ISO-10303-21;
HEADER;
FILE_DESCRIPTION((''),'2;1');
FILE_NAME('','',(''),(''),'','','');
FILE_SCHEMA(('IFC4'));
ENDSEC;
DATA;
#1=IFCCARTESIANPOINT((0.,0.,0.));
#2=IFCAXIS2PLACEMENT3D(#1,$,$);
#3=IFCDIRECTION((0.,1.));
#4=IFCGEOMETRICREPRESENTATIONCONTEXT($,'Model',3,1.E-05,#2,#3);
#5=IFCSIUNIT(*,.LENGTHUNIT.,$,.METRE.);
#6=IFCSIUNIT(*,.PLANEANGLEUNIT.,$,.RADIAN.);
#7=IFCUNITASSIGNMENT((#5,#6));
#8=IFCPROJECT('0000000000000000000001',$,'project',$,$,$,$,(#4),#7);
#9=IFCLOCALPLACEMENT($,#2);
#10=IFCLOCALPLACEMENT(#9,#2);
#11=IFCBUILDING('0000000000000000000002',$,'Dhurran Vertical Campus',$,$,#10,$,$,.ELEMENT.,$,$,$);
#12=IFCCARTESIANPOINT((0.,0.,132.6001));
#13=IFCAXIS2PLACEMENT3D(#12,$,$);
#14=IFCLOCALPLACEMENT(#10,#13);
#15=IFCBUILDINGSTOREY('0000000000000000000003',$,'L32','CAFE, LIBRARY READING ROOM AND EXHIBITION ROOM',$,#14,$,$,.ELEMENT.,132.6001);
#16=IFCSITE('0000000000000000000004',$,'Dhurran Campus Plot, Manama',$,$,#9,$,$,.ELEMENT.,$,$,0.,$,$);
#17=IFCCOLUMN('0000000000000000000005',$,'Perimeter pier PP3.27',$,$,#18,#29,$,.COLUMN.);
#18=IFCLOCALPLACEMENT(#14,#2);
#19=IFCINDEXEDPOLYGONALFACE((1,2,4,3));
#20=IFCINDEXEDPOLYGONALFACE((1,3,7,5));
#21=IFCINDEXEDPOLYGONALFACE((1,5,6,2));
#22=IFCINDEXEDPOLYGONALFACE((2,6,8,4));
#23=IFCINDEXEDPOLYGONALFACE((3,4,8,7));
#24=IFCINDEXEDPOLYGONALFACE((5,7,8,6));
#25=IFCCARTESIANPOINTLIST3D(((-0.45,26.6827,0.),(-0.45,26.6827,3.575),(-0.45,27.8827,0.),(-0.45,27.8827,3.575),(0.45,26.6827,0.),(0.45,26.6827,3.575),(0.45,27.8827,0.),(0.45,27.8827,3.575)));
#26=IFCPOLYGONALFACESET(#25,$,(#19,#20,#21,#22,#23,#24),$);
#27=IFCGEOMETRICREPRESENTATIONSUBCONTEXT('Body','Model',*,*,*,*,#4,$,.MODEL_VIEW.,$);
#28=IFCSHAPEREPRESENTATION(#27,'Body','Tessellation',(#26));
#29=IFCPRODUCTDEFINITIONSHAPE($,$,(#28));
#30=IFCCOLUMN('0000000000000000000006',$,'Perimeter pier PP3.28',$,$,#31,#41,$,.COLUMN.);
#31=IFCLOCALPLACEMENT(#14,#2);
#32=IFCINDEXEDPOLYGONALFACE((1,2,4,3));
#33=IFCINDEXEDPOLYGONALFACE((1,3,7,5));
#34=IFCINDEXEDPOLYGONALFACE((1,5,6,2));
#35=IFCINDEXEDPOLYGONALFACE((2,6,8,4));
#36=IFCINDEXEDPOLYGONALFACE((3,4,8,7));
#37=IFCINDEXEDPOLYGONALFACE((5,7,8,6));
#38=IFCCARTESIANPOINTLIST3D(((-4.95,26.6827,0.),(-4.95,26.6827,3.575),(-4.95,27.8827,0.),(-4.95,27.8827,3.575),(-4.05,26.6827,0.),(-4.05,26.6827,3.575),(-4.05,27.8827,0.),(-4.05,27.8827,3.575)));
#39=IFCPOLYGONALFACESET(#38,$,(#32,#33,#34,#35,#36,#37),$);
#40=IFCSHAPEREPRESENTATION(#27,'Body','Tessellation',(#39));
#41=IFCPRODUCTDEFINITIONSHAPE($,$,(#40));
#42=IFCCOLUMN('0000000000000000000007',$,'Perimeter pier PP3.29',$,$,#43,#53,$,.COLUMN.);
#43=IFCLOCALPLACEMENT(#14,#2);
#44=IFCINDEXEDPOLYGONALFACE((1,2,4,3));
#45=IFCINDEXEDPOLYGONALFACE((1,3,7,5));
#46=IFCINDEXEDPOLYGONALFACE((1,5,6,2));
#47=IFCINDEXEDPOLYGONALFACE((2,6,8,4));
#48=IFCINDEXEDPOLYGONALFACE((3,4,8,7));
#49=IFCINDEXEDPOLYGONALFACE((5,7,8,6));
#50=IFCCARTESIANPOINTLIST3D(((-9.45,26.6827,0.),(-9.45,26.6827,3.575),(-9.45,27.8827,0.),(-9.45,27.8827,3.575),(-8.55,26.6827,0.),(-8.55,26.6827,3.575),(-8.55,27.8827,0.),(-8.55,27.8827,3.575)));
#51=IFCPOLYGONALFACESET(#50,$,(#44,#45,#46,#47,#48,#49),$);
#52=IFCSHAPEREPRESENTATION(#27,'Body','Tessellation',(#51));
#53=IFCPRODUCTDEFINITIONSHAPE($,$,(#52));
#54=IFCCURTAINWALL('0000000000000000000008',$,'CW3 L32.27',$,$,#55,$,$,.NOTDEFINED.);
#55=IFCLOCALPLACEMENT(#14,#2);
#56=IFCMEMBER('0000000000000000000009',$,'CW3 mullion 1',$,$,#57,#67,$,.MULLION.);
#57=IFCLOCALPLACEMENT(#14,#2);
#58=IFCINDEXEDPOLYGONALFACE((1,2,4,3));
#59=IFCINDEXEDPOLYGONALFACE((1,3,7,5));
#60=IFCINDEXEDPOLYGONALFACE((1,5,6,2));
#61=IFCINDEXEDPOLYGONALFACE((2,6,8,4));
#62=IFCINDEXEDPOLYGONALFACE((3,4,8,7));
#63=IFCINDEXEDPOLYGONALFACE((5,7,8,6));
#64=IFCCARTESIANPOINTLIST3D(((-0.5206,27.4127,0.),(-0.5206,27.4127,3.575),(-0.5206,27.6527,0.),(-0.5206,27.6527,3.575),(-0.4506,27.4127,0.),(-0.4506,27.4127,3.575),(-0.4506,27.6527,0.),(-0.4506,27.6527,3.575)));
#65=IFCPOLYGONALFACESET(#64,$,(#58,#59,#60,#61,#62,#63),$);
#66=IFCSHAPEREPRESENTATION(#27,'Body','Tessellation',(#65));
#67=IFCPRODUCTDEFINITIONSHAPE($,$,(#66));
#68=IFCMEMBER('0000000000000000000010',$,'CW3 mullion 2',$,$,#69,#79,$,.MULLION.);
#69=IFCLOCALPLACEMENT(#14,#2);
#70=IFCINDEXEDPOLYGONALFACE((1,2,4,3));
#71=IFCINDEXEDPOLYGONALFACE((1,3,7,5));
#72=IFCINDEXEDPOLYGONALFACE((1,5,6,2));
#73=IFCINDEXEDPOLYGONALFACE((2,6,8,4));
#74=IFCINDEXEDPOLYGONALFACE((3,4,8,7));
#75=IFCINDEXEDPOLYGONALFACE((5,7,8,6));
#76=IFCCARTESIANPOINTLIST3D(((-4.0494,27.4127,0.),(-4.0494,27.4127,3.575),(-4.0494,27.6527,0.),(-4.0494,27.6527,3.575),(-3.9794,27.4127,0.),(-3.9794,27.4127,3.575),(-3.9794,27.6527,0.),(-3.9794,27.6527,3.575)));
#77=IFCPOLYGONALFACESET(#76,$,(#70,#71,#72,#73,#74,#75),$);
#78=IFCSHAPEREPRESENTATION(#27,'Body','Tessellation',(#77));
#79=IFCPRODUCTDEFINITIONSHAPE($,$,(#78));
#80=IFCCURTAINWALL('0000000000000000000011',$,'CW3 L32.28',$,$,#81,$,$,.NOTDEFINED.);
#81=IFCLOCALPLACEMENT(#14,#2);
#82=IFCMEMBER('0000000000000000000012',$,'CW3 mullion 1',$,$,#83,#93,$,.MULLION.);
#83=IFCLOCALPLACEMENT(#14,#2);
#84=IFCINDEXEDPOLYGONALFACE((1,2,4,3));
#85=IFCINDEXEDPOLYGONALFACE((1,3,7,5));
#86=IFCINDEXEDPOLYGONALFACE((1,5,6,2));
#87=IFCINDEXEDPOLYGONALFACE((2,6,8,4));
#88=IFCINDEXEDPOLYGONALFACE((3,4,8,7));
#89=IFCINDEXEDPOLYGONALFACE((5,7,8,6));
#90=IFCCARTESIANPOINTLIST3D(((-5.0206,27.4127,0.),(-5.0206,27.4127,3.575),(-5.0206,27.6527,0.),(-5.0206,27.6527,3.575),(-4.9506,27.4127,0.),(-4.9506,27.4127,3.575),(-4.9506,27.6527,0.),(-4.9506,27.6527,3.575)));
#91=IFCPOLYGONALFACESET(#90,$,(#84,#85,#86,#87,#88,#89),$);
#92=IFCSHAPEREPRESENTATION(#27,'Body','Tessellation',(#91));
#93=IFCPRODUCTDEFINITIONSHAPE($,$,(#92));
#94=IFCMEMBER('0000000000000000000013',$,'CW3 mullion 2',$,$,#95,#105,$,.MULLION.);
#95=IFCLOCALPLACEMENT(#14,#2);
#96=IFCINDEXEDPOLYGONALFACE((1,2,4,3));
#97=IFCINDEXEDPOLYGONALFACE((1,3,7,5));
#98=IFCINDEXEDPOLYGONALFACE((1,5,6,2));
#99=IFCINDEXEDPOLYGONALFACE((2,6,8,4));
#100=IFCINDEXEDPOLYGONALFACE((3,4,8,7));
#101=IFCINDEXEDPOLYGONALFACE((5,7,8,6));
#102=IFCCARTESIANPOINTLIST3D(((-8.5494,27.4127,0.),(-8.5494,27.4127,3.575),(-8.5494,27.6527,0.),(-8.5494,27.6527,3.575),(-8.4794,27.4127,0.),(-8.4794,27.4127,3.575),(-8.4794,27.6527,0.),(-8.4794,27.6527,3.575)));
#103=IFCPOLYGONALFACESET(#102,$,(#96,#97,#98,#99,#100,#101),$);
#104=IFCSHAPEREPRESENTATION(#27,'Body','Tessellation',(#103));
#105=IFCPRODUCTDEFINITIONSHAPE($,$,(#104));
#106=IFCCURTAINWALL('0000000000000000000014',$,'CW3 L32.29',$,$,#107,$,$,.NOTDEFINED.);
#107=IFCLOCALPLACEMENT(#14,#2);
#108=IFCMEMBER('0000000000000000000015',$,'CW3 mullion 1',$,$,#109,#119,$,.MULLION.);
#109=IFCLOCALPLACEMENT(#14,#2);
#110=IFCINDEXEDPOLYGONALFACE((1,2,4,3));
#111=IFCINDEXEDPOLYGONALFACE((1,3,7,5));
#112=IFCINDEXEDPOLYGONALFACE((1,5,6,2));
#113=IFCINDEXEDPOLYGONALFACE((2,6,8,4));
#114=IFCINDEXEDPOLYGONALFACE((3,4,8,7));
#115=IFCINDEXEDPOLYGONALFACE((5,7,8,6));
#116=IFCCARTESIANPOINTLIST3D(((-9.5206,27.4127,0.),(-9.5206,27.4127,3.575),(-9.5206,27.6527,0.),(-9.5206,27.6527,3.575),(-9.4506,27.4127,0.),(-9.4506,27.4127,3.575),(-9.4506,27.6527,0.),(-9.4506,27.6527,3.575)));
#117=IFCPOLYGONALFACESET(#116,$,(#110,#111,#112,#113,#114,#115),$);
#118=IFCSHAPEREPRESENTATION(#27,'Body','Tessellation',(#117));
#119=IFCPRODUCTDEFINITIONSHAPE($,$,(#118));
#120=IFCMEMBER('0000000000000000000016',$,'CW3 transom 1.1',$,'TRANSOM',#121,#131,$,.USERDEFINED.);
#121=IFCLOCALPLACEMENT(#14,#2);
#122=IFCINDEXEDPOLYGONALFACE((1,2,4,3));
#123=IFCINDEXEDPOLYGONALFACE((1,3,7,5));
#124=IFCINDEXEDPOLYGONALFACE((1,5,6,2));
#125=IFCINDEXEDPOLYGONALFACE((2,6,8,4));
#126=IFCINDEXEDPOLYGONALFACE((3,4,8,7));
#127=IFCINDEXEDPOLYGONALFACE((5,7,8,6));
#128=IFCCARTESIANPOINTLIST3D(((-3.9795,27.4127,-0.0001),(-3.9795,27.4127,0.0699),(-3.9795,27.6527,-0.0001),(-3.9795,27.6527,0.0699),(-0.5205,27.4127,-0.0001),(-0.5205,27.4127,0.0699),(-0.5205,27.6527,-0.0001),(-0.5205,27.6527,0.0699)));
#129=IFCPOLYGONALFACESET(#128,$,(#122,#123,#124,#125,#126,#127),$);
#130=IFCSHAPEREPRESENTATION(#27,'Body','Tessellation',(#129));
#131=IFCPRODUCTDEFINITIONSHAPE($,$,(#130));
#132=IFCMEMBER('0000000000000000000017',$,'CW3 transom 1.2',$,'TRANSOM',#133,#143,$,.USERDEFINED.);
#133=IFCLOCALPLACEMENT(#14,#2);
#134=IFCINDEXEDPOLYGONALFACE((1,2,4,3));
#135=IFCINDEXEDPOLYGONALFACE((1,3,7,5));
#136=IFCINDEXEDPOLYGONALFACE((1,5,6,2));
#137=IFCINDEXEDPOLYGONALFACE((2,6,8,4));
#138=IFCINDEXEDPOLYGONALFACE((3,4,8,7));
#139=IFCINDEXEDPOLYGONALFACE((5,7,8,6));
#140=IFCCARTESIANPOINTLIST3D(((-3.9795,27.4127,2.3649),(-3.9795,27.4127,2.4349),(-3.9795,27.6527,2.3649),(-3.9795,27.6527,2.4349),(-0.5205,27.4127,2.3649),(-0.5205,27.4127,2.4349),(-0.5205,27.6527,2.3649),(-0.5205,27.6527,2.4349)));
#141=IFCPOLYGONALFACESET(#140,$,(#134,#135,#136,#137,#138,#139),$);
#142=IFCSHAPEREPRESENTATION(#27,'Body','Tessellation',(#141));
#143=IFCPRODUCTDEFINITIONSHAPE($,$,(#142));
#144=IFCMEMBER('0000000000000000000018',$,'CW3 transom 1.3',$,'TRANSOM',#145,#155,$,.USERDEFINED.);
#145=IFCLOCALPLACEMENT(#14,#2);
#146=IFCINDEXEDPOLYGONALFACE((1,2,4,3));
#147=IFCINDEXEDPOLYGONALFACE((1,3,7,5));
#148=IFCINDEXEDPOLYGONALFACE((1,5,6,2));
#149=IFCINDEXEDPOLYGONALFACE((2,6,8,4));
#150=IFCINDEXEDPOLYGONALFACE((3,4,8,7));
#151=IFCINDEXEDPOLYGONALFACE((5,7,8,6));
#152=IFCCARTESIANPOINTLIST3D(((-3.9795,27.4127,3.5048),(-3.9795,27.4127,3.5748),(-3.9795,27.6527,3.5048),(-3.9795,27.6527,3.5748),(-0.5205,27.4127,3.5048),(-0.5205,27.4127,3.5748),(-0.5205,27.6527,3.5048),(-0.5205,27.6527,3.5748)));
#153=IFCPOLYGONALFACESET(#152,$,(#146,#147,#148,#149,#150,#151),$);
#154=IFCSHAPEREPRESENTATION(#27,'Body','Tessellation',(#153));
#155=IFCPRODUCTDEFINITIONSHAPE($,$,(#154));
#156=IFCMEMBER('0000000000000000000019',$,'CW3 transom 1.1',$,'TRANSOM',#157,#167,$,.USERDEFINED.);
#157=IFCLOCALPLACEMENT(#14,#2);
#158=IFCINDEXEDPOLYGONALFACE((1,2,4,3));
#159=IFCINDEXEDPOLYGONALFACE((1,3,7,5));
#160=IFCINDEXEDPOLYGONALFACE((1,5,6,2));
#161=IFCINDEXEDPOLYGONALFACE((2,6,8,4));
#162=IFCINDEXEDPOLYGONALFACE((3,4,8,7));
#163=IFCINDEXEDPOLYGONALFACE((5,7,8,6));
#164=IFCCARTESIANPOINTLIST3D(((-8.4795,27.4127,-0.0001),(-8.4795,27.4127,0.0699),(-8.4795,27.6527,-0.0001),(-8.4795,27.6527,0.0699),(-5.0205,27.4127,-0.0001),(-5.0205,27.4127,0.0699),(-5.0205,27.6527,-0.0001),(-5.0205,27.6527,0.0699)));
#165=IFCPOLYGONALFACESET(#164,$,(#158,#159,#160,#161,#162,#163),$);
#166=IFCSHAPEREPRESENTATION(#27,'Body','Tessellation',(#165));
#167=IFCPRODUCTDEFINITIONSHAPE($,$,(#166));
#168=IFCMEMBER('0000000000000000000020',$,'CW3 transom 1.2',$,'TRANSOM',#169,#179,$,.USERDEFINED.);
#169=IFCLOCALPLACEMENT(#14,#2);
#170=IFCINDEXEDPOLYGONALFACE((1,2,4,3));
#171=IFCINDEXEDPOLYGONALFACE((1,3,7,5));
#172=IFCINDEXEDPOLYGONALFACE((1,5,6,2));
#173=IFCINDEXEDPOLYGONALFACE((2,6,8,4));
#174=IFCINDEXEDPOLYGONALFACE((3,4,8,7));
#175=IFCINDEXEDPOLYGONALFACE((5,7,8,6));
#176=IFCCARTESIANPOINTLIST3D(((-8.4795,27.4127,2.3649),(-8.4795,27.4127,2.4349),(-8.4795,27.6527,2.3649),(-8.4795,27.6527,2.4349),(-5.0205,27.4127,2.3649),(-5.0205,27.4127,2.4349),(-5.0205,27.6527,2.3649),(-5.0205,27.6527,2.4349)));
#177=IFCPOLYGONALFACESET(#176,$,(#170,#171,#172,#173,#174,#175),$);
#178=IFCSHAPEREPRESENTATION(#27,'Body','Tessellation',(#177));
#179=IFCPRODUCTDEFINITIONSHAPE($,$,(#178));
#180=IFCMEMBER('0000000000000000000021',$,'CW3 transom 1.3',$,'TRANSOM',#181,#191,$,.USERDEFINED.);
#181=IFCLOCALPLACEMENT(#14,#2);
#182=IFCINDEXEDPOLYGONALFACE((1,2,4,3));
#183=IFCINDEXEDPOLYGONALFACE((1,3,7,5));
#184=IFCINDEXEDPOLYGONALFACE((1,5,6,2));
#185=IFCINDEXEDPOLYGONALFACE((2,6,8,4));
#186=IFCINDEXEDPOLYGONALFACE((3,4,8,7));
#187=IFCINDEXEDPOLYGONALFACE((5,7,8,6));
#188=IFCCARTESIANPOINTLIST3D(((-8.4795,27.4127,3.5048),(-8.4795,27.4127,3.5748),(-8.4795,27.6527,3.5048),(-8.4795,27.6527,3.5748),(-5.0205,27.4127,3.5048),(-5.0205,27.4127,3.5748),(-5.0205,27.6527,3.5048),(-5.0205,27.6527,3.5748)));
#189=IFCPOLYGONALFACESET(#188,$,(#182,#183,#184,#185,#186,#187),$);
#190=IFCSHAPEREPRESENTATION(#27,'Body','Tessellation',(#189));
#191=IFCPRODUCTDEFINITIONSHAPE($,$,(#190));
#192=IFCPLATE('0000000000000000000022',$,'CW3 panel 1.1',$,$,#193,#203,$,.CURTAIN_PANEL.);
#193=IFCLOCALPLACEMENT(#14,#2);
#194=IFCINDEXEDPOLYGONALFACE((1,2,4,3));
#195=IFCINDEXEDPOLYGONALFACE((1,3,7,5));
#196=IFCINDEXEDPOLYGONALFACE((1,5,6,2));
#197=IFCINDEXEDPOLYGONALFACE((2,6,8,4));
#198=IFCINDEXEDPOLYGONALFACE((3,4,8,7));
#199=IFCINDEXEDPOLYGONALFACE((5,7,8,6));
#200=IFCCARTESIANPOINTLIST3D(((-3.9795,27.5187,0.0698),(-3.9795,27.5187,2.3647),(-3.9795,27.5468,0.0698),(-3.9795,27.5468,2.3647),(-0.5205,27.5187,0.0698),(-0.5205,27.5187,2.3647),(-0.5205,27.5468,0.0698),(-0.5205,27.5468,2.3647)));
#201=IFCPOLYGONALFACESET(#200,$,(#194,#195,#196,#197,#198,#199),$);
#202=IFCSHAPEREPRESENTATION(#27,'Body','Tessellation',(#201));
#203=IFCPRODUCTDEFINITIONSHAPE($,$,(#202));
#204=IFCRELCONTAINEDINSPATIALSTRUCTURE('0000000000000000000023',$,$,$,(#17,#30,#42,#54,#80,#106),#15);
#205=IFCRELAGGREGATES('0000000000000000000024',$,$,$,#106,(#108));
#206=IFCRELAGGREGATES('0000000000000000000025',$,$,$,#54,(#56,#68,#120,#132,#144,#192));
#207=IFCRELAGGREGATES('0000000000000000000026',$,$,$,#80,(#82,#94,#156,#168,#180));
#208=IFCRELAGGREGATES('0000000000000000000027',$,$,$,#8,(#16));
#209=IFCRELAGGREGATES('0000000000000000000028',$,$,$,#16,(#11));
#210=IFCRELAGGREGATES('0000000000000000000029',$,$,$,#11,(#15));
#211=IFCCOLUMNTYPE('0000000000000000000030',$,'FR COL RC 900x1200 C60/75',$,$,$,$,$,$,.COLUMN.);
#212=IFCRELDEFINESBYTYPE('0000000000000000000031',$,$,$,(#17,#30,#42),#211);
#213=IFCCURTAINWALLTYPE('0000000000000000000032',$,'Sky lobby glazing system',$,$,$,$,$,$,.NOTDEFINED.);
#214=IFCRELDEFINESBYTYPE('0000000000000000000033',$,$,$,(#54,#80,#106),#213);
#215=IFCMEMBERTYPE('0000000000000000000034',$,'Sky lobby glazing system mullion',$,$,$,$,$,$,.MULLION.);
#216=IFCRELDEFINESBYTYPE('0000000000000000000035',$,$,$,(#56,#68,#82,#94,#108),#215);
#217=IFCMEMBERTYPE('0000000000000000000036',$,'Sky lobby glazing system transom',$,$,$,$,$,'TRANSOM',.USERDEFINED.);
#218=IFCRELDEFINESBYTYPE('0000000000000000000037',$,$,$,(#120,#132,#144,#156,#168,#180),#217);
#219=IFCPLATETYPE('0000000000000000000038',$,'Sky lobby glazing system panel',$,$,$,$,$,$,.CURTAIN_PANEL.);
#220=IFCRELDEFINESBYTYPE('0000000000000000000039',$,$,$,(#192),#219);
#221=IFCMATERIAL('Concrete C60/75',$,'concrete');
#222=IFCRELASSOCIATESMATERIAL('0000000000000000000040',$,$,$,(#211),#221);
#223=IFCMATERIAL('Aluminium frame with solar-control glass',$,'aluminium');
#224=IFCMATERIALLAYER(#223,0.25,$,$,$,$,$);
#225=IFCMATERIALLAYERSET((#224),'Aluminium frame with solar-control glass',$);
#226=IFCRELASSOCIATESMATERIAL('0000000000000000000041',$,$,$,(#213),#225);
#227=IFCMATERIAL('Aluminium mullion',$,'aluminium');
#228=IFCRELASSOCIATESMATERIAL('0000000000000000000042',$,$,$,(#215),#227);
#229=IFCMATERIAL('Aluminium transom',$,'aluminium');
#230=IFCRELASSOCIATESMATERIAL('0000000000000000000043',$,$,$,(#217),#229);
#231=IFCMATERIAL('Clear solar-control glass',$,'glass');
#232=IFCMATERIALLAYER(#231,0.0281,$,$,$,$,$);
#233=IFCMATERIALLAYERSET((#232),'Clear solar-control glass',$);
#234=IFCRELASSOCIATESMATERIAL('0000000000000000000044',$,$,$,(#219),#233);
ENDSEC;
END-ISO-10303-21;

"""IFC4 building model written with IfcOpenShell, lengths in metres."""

from ifc_helpers import new_model, si_unit, direction, frame, origin, origin_2d, place, context, subcontext, project, spatial, rectangle, extrude, material, layer, layer_set, material_profile, profile_set, type_object, element, aggregate, save


model = new_model("IFC4")

# Units and contexts
model_context = context("Model", 3, precision=1e-05, world=origin(), true_north=direction((0.0, 1.0)))
body_context = subcontext(model_context, "Body", "Model", "MODEL_VIEW")
ifc_project = project(units=[si_unit("LENGTHUNIT", "METRE"), si_unit("PLANEANGLEUNIT", "RADIAN")], contexts=[model_context])

# Site, building, storey
site_placement = place(None, origin())
site = spatial("IfcSite", under=ifc_project, at=site_placement, Name="Dhurran Campus Plot, Manama", CompositionType="ELEMENT", RefElevation=0.0)
building_placement = place(site_placement, origin())
building = spatial("IfcBuilding", under=site, at=building_placement, Name="Dhurran Vertical Campus", CompositionType="ELEMENT")
storey_placement = place(building_placement, frame((0.0, 0.0, 132.6001)))
storey = spatial("IfcBuildingStorey", under=building, at=storey_placement, Name="L32", Description="CAFE, LIBRARY READING ROOM AND EXHIBITION ROOM", CompositionType="ELEMENT", Elevation=132.6001)

# Columns
ifc_material_1 = material(Name="Concrete C60/75", Category="concrete")
ifc_material_profile_1 = material_profile(ifc_material_1, rectangle(XDim=0.8999, YDim=1.2, at=origin_2d()), Name="RC 900x1200")
ifc_profile_set_1 = profile_set([ifc_material_profile_1], Name="Concrete C60/75")
column_type = type_object("IfcColumnType", Name="FR COL RC 900x1200 C60/75", PredefinedType="COLUMN", material=ifc_profile_set_1)
for number, where, z_axis, x_axis, name in (
    (1, (0.0, 27.2827, 0.0), (0.0, 0.0, 1.0), (-1.0, 0.0, 0.0), "Perimeter pier PP3.27"),
    (2, (-4.5, 27.2827, 0.0), (0.0, 0.0, 1.0), (-1.0, 0.0, 0.0), "Perimeter pier PP3.28"),
    (3, (-9.0, 27.2827, 0.0), (0.0, 0.0, 1.0), (-1.0, 0.0, 0.0), "Perimeter pier PP3.29"),
):
    element("IfcColumn", number, at=place(storey_placement, frame(where, z_axis=z_axis, x_axis=x_axis)), inside=storey, type_object=column_type, Name=name, PredefinedType="COLUMN", context=body_context, shape_type="SweptSolid", body=[
        extrude(rectangle(XDim=0.8999, YDim=1.2, at=origin_2d()), origin(), (0.0, 0.0, 1.0), 3.575),
    ])

# Curtain walls, members
ifc_material_2 = material(Name="Aluminium frame with solar-control glass", Category="aluminium")
ifc_layer_1 = layer(ifc_material_2, 0.25)
ifc_layer_set_1 = layer_set([ifc_layer_1], Name="Aluminium frame with solar-control glass")
curtain_wall_type = type_object("IfcCurtainWallType", Name="Sky lobby glazing system", PredefinedType="NOTDEFINED", material=ifc_layer_set_1)
curtain_wall_1_placement = place(storey_placement, origin())
curtain_wall_1 = element("IfcCurtainWall", 4, at=curtain_wall_1_placement, inside=storey, type_object=curtain_wall_type, Name="CW3 L32.27", PredefinedType="NOTDEFINED")
ifc_material_3 = material(Name="Aluminium mullion", Category="aluminium")
ifc_material_profile_2 = material_profile(ifc_material_3, rectangle(XDim=0.24, YDim=0.0701, at=origin_2d()), Name="Sky lobby glazing system mullion")
ifc_profile_set_2 = profile_set([ifc_material_profile_2], Name="Aluminium mullion")
member_type_1 = type_object("IfcMemberType", Name="Sky lobby glazing system mullion", PredefinedType="MULLION", material=ifc_profile_set_2)
member_1_placement = place(storey_placement, frame((-0.4856, 27.5327, 0.0), z_axis=(0.0, 0.0, 1.0), x_axis=(0.0, -1.0, 0.0)))
member_1 = element("IfcMember", 5, at=member_1_placement, type_object=member_type_1, Name="CW3 mullion 1", PredefinedType="MULLION", context=body_context, shape_type="SweptSolid", body=[
    extrude(rectangle(XDim=0.24, YDim=0.0701, at=origin_2d()), origin(), (0.0, 0.0, 1.0), 3.575),
])
member_2_placement = place(storey_placement, frame((-4.0144, 27.5327, 0.0), z_axis=(0.0, 0.0, 1.0), x_axis=(0.0, -1.0, 0.0)))
member_2 = element("IfcMember", 6, at=member_2_placement, type_object=member_type_1, Name="CW3 mullion 2", PredefinedType="MULLION", context=body_context, shape_type="SweptSolid", body=[
    extrude(rectangle(XDim=0.24, YDim=0.0701, at=origin_2d()), origin(), (0.0, 0.0, 1.0), 3.575),
])
curtain_wall_2_placement = place(storey_placement, origin())
curtain_wall_2 = element("IfcCurtainWall", 7, at=curtain_wall_2_placement, inside=storey, type_object=curtain_wall_type, Name="CW3 L32.28", PredefinedType="NOTDEFINED")
member_3_placement = place(storey_placement, frame((-4.9856, 27.5327, 0.0), z_axis=(0.0, 0.0, 1.0), x_axis=(0.0, -1.0, 0.0)))
member_3 = element("IfcMember", 8, at=member_3_placement, type_object=member_type_1, Name="CW3 mullion 1", PredefinedType="MULLION", context=body_context, shape_type="SweptSolid", body=[
    extrude(rectangle(XDim=0.24, YDim=0.0701, at=origin_2d()), origin(), (0.0, 0.0, 1.0), 3.575),
])
member_4_placement = place(storey_placement, frame((-8.5144, 27.5327, 0.0), z_axis=(0.0, 0.0, 1.0), x_axis=(0.0, -1.0, 0.0)))
member_4 = element("IfcMember", 9, at=member_4_placement, type_object=member_type_1, Name="CW3 mullion 2", PredefinedType="MULLION", context=body_context, shape_type="SweptSolid", body=[
    extrude(rectangle(XDim=0.24, YDim=0.0701, at=origin_2d()), origin(), (0.0, 0.0, 1.0), 3.575),
])

# Curtain wall, member
curtain_wall_3_placement = place(storey_placement, origin())
curtain_wall_3 = element("IfcCurtainWall", 10, at=curtain_wall_3_placement, inside=storey, type_object=curtain_wall_type, Name="CW3 L32.29", PredefinedType="NOTDEFINED")
member_5_placement = place(storey_placement, frame((-9.4856, 27.5327, 0.0), z_axis=(0.0, 0.0, 1.0), x_axis=(0.0, -1.0, 0.0)))
member_5 = element("IfcMember", 11, at=member_5_placement, type_object=member_type_1, Name="CW3 mullion 1", PredefinedType="MULLION", context=body_context, shape_type="SweptSolid", body=[
    extrude(rectangle(XDim=0.24, YDim=0.0701, at=origin_2d()), origin(), (0.0, 0.0, 1.0), 3.575),
])
aggregate(curtain_wall_3, [member_5])

# Members
ifc_material_4 = material(Name="Aluminium transom", Category="aluminium")
ifc_material_profile_3 = material_profile(ifc_material_4, rectangle(XDim=0.24, YDim=0.0701, at=origin_2d()), Name="Sky lobby glazing system transom")
ifc_profile_set_3 = profile_set([ifc_material_profile_3], Name="Aluminium transom")
member_type_2 = type_object("IfcMemberType", Name="Sky lobby glazing system transom", ElementType="TRANSOM", PredefinedType="USERDEFINED", material=ifc_profile_set_3)
member_6_placement = place(storey_placement, frame((-0.5205, 27.5327, 0.0349), z_axis=(-1.0, 0.0, 0.0), x_axis=(0.0, -1.0, 0.0)))
member_6 = element("IfcMember", 12, at=member_6_placement, type_object=member_type_2, Name="CW3 transom 1.1", ObjectType="TRANSOM", PredefinedType="USERDEFINED", context=body_context, shape_type="SweptSolid", body=[
    extrude(rectangle(XDim=0.24, YDim=0.0701, at=origin_2d()), origin(), (0.0, 0.0, 1.0), 3.459),
])
member_7_placement = place(storey_placement, frame((-0.5205, 27.5327, 2.3999), z_axis=(-1.0, 0.0, 0.0), x_axis=(0.0, -1.0, 0.0)))
member_7 = element("IfcMember", 13, at=member_7_placement, type_object=member_type_2, Name="CW3 transom 1.2", ObjectType="TRANSOM", PredefinedType="USERDEFINED", context=body_context, shape_type="SweptSolid", body=[
    extrude(rectangle(XDim=0.24, YDim=0.0701, at=origin_2d()), origin(), (0.0, 0.0, 1.0), 3.459),
])
member_8_placement = place(storey_placement, frame((-0.5205, 27.5327, 3.5398), z_axis=(-1.0, 0.0, 0.0), x_axis=(0.0, -1.0, 0.0)))
member_8 = element("IfcMember", 14, at=member_8_placement, type_object=member_type_2, Name="CW3 transom 1.3", ObjectType="TRANSOM", PredefinedType="USERDEFINED", context=body_context, shape_type="SweptSolid", body=[
    extrude(rectangle(XDim=0.24, YDim=0.0701, at=origin_2d()), origin(), (0.0, 0.0, 1.0), 3.459),
])
member_9_placement = place(storey_placement, frame((-5.0205, 27.5327, 0.0349), z_axis=(-1.0, 0.0, 0.0), x_axis=(0.0, -1.0, 0.0)))
member_9 = element("IfcMember", 15, at=member_9_placement, type_object=member_type_2, Name="CW3 transom 1.1", ObjectType="TRANSOM", PredefinedType="USERDEFINED", context=body_context, shape_type="SweptSolid", body=[
    extrude(rectangle(XDim=0.24, YDim=0.0701, at=origin_2d()), origin(), (0.0, 0.0, 1.0), 3.459),
])
member_10_placement = place(storey_placement, frame((-5.0205, 27.5327, 2.3999), z_axis=(-1.0, 0.0, 0.0), x_axis=(0.0, -1.0, 0.0)))
member_10 = element("IfcMember", 16, at=member_10_placement, type_object=member_type_2, Name="CW3 transom 1.2", ObjectType="TRANSOM", PredefinedType="USERDEFINED", context=body_context, shape_type="SweptSolid", body=[
    extrude(rectangle(XDim=0.24, YDim=0.0701, at=origin_2d()), origin(), (0.0, 0.0, 1.0), 3.459),
])
member_11_placement = place(storey_placement, frame((-5.0205, 27.5327, 3.5398), z_axis=(-1.0, 0.0, 0.0), x_axis=(0.0, -1.0, 0.0)))
member_11 = element("IfcMember", 17, at=member_11_placement, type_object=member_type_2, Name="CW3 transom 1.3", ObjectType="TRANSOM", PredefinedType="USERDEFINED", context=body_context, shape_type="SweptSolid", body=[
    extrude(rectangle(XDim=0.24, YDim=0.0701, at=origin_2d()), origin(), (0.0, 0.0, 1.0), 3.459),
])

# Plate
ifc_material_5 = material(Name="Clear solar-control glass", Category="glass")
ifc_layer_2 = layer(ifc_material_5, 0.0281)
ifc_layer_set_2 = layer_set([ifc_layer_2], Name="Clear solar-control glass")
plate_type = type_object("IfcPlateType", Name="Sky lobby glazing system panel", PredefinedType="CURTAIN_PANEL", material=ifc_layer_set_2)
plate_1_placement = place(storey_placement, frame((-2.25, 27.5327, 0.0698), z_axis=(0.0, 0.0, 1.0), x_axis=(-1.0, 0.0, 0.0)))
plate_1 = element("IfcPlate", 18, at=plate_1_placement, type_object=plate_type, Name="CW3 panel 1.1", PredefinedType="CURTAIN_PANEL", context=body_context, shape_type="SweptSolid", body=[
    extrude(rectangle(XDim=3.459, YDim=0.0281, at=origin_2d()), origin(), (0.0, 0.0, 1.0), 2.2949),
])
aggregate(curtain_wall_1, [member_1, member_2, member_6, member_7, member_8, plate_1])
aggregate(curtain_wall_2, [member_3, member_4, member_9, member_10, member_11])

save(model, "model.ifc")
